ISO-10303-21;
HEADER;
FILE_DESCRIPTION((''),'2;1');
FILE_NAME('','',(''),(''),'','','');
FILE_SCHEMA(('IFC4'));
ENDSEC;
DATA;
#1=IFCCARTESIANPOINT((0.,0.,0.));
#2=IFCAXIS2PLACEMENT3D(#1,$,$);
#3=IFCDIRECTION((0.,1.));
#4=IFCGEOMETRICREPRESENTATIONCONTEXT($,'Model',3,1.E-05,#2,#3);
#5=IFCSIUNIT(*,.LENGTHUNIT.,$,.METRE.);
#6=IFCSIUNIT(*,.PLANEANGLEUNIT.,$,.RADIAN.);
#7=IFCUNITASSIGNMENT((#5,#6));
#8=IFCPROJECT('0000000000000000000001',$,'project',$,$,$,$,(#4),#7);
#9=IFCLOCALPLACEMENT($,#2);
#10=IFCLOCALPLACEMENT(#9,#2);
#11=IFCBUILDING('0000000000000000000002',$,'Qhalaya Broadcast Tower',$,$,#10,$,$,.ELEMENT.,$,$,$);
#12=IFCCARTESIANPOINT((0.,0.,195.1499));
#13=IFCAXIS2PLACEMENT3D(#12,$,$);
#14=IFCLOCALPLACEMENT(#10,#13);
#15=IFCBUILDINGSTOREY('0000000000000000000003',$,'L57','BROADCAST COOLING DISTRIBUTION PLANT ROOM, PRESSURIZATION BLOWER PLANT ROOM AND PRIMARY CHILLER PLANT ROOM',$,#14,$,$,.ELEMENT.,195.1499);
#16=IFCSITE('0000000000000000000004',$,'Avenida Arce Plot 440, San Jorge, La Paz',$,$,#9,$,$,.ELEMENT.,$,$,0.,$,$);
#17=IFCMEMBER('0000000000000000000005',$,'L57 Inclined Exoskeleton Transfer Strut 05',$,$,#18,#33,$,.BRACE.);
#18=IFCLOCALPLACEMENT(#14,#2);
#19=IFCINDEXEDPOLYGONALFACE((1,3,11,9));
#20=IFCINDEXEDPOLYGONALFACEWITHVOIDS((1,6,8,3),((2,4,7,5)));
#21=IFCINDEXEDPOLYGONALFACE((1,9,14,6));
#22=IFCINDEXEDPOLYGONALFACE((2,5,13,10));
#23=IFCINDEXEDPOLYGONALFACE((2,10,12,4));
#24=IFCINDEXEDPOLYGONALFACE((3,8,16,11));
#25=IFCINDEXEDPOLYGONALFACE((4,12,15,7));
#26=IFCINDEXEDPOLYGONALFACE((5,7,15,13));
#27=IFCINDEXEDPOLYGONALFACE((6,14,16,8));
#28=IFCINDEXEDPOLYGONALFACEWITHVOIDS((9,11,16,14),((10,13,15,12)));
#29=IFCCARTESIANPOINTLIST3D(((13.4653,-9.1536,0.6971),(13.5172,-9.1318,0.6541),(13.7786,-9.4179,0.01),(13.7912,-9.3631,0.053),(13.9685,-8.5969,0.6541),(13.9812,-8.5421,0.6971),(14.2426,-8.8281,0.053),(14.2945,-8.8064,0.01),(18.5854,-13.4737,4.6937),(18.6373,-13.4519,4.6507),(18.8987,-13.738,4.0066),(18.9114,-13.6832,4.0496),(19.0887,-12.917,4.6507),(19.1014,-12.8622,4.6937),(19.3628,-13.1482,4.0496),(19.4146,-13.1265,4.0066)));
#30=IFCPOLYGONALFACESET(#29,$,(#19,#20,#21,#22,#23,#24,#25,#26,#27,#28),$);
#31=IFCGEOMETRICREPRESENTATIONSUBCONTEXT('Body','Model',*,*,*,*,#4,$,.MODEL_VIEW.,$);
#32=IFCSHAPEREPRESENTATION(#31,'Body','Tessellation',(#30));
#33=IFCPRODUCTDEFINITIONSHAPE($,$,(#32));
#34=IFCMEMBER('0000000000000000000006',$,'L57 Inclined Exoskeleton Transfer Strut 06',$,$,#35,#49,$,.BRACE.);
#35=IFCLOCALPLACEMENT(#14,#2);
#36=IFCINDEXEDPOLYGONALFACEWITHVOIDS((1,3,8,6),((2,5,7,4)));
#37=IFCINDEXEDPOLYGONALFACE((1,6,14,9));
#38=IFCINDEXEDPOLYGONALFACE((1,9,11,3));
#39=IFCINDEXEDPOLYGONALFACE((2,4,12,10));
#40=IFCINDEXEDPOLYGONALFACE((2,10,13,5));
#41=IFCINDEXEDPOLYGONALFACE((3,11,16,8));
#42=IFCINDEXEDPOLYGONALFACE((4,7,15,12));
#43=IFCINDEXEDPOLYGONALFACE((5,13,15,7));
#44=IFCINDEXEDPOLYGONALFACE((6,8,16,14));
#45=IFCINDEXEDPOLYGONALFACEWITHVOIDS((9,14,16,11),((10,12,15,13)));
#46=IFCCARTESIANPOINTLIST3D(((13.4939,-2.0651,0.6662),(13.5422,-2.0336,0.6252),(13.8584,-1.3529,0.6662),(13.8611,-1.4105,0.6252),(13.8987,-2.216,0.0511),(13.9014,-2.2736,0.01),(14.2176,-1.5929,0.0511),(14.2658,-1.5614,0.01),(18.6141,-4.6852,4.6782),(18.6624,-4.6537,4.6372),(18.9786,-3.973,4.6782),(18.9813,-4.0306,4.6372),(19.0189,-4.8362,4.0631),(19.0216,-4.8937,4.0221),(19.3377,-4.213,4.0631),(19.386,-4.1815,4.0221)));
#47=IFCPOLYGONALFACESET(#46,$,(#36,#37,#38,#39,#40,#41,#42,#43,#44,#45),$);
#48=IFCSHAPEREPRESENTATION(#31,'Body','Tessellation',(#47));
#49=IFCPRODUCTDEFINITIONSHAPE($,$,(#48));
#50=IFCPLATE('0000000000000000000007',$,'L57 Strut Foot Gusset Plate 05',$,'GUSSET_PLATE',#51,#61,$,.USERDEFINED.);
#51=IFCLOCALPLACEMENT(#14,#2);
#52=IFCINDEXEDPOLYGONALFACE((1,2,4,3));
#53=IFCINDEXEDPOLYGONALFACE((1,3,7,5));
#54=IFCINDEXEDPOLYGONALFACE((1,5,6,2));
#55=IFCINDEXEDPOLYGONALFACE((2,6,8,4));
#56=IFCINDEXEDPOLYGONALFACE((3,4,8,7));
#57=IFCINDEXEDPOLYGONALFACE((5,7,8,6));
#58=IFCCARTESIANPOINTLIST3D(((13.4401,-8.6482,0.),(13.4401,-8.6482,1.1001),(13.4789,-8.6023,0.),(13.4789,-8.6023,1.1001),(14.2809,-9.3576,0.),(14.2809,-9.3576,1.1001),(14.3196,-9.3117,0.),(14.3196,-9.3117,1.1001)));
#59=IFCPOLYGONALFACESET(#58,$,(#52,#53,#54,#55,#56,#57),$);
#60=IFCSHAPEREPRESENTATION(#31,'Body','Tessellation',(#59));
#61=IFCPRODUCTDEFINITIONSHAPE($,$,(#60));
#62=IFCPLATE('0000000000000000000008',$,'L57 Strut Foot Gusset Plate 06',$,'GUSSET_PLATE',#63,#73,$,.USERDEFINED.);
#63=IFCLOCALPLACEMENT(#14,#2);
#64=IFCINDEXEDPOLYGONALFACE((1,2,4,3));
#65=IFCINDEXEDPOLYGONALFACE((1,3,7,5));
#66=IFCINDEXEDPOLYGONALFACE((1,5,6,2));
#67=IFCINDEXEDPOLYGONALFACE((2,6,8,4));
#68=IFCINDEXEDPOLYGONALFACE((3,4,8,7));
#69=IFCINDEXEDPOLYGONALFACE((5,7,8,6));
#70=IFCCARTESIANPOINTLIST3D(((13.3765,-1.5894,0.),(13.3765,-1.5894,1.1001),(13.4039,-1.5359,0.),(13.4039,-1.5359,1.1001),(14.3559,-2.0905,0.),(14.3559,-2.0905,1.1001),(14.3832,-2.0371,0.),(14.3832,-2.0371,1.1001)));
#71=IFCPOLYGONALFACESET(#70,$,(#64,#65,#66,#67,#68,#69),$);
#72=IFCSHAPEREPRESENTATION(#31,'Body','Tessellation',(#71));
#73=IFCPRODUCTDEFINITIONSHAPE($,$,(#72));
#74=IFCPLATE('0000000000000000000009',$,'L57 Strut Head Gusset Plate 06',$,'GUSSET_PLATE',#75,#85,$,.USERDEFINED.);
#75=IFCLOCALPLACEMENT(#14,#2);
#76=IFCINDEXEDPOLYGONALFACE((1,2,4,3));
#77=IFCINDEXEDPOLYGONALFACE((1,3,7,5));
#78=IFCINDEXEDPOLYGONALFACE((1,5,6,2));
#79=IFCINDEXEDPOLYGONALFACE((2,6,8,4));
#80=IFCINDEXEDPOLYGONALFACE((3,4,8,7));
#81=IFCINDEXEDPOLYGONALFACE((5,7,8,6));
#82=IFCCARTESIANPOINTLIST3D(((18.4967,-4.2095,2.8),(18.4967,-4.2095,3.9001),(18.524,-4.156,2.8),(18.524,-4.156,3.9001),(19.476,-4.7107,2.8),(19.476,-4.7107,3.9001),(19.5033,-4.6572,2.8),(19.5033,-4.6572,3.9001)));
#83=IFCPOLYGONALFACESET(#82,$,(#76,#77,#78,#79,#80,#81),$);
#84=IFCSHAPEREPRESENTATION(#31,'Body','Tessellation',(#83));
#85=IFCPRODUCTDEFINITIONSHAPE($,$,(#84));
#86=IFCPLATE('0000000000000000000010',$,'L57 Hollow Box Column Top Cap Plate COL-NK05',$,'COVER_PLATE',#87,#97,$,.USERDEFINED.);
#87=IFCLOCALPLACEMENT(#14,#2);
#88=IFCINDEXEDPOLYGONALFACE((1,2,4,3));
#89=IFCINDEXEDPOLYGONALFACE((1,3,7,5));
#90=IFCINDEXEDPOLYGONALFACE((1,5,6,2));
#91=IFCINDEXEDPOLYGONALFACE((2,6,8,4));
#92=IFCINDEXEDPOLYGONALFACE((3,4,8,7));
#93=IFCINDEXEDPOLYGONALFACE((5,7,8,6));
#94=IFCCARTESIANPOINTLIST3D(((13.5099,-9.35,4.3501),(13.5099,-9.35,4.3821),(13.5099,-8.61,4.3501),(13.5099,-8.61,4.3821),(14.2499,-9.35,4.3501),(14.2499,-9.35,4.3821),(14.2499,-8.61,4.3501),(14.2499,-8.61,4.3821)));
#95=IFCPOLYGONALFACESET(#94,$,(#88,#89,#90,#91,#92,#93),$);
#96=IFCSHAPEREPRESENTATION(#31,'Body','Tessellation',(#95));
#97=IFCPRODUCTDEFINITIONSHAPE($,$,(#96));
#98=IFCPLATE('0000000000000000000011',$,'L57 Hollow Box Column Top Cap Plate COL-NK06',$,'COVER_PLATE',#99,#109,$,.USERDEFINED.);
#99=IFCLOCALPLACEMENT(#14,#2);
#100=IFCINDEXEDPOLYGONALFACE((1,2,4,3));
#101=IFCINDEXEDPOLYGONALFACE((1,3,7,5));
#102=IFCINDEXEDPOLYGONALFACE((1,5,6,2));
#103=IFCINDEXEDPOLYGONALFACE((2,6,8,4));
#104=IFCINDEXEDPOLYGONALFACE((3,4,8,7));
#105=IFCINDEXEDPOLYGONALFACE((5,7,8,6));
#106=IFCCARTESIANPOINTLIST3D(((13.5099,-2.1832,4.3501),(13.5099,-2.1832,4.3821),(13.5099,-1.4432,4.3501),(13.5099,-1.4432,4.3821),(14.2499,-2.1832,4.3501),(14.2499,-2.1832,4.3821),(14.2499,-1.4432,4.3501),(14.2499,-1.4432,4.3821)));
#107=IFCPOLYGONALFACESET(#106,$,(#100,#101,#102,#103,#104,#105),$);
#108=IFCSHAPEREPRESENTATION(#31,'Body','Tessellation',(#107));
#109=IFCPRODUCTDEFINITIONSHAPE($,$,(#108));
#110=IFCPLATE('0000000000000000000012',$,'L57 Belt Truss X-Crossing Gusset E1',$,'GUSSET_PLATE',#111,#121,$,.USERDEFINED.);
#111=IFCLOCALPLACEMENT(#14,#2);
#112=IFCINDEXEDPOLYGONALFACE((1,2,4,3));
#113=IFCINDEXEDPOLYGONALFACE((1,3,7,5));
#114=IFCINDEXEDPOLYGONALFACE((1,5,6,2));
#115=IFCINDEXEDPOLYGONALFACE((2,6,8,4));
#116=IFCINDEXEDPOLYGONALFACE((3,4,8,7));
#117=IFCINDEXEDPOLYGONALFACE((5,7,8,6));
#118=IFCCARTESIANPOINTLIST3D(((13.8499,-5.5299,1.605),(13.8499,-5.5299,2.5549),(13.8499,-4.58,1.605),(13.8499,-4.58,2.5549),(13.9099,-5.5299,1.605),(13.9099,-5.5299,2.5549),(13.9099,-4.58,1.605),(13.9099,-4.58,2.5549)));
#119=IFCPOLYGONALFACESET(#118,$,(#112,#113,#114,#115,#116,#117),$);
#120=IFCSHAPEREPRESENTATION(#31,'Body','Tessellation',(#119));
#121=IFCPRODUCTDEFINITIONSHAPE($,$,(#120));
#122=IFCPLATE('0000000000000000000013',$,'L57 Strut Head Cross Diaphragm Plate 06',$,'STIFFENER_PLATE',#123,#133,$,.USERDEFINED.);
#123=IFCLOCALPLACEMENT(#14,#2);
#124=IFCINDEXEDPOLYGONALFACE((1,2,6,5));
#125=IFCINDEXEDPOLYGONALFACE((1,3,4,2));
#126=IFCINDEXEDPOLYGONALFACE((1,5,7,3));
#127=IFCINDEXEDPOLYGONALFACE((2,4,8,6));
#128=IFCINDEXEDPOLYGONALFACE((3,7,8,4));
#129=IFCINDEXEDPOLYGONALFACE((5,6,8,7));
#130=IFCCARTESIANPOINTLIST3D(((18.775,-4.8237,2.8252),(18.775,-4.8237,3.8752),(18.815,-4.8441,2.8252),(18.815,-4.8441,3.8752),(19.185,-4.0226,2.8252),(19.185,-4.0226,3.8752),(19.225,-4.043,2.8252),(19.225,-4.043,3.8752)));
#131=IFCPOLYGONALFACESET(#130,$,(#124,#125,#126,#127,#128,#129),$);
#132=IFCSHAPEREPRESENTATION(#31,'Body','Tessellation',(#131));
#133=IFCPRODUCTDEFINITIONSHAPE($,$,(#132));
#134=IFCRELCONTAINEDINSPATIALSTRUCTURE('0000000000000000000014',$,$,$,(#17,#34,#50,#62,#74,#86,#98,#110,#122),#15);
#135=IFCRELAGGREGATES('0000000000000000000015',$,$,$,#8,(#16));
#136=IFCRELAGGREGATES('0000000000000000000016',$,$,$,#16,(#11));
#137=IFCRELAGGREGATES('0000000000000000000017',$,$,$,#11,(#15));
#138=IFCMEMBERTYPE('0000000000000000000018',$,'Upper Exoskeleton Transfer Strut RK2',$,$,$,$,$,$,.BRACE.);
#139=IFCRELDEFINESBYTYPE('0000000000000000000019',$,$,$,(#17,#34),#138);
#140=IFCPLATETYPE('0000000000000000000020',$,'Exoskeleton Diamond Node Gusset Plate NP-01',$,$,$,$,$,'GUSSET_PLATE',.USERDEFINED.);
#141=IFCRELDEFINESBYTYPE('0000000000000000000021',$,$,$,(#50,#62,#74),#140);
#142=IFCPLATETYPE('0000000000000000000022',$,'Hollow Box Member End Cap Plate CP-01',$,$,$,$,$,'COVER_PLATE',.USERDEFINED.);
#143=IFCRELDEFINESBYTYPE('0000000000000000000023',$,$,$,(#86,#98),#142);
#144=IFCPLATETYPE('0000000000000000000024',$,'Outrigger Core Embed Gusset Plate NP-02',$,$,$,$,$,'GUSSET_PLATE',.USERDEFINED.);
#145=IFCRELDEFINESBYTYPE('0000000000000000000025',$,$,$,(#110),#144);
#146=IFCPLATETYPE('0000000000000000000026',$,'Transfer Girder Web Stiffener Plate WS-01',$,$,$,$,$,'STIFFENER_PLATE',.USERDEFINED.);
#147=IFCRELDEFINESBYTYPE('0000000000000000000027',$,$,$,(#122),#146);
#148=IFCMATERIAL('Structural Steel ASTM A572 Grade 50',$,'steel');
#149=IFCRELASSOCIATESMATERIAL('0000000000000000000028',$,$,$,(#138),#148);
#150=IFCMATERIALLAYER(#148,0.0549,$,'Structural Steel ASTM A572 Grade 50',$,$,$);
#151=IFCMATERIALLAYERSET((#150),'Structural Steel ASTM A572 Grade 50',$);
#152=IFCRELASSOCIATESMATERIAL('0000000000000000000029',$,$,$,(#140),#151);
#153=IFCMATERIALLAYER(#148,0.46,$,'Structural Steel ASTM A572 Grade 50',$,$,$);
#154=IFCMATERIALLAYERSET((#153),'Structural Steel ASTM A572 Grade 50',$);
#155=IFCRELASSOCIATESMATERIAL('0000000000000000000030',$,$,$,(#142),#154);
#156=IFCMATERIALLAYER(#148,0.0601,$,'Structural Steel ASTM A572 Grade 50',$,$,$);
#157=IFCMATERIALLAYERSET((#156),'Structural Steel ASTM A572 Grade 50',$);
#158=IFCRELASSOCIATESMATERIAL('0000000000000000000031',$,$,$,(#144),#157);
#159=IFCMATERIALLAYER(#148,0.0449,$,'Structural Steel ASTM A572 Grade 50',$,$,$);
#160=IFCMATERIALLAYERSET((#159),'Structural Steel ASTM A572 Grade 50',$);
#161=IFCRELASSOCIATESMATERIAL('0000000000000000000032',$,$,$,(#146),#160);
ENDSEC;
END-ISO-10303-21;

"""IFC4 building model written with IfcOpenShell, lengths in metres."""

from ifc_helpers import new_model, si_unit, direction, frame, origin, origin_2d, place, context, subcontext, project, spatial, rectangle, hollow_rectangle, extrude, material, layer, layer_set, material_profile, profile_set, type_object, element, save


model = new_model("IFC4")

# Units and contexts
model_context = context("Model", 3, precision=1e-05, world=origin(), true_north=direction((0.0, 1.0)))
body_context = subcontext(model_context, "Body", "Model", "MODEL_VIEW")
ifc_project = project(units=[si_unit("LENGTHUNIT", "METRE"), si_unit("PLANEANGLEUNIT", "RADIAN")], contexts=[model_context])

# Site, building, storey
site_placement = place(None, origin())
site = spatial("IfcSite", under=ifc_project, at=site_placement, Name="Avenida Arce Plot 440, San Jorge, La Paz", CompositionType="ELEMENT", RefElevation=0.0)
building_placement = place(site_placement, origin())
building = spatial("IfcBuilding", under=site, at=building_placement, Name="Qhalaya Broadcast Tower", CompositionType="ELEMENT")
storey_placement = place(building_placement, frame((0.0, 0.0, 195.1499)))
storey = spatial("IfcBuildingStorey", under=building, at=storey_placement, Name="L57", Description="BROADCAST COOLING DISTRIBUTION PLANT ROOM, PRESSURIZATION BLOWER PLANT ROOM AND PRIMARY CHILLER PLANT ROOM", CompositionType="ELEMENT", Elevation=195.1499)

# Shared definitions
ifc_material_1 = material(Name="Structural Steel ASTM A572 Grade 50", Category="steel")

# Members
ifc_material_profile_1 = material_profile(ifc_material_1, hollow_rectangle(XDim=0.8, YDim=0.8, WallThickness=0.05, at=origin_2d()), Name="BOX 800x800x50")
ifc_profile_set_1 = profile_set([ifc_material_profile_1], Name="Structural Steel ASTM A572 Grade 50")
member_type_1 = type_object("IfcMemberType", Name="Upper Exoskeleton Transfer Strut RK2", PredefinedType="BRACE", material=ifc_profile_set_1)
member_1_placement = place(storey_placement, frame((13.8799, -8.98, 0.3535), z_axis=(0.656365, -0.553804, 0.512335), x_axis=(0.644868, 0.764294, 0.0)))
element("IfcMember", 1, at=member_1_placement, inside=storey, type_object=member_type_1, Name="L57 Inclined Exoskeleton Transfer Strut 05", PredefinedType="BRACE", context=body_context, shape_type="SweptSolid", body=[
    extrude(hollow_rectangle(XDim=0.8, YDim=0.8, WallThickness=0.05, at=origin_2d()), origin(), (0.0, 0.0, 1.0), 7.8008),
])
member_2_placement = place(storey_placement, frame((13.8799, -1.8132, 0.3381), z_axis=(0.730132, -0.37363, 0.572108), x_axis=(0.455548, 0.890211, 0.0)))
element("IfcMember", 2, at=member_2_placement, inside=storey, type_object=member_type_1, Name="L57 Inclined Exoskeleton Transfer Strut 06", PredefinedType="BRACE", context=body_context, shape_type="SweptSolid", body=[
    extrude(hollow_rectangle(XDim=0.8, YDim=0.8, WallThickness=0.05, at=origin_2d()), origin(), (0.0, 0.0, 1.0), 7.0127),
])

# Plates
ifc_layer_1 = layer(ifc_material_1, 0.0549, Name="Structural Steel ASTM A572 Grade 50")
ifc_layer_set_1 = layer_set([ifc_layer_1], Name="Structural Steel ASTM A572 Grade 50")
plate_type_1 = type_object("IfcPlateType", Name="Exoskeleton Diamond Node Gusset Plate NP-01", ElementType="GUSSET_PLATE", PredefinedType="USERDEFINED", material=ifc_layer_set_1)
for number, where, z_axis, x_axis, name in (
    (3, (13.8799, -8.98, 0.0), (0.0, 0.0, 1.0), (0.764291, -0.644871, 0.0), "L57 Strut Foot Gusset Plate 05"),
    (4, (13.8799, -1.8132, 0.0), (0.0, 0.0, 1.0), (0.890213, -0.455545, 0.0), "L57 Strut Foot Gusset Plate 06"),
    (5, (19.0, -4.4333, 2.8), (0.0, 0.0, 1.0), (0.890213, -0.455545, 0.0), "L57 Strut Head Gusset Plate 06"),
):
    element("IfcPlate", number, at=place(storey_placement, frame(where, z_axis=z_axis, x_axis=x_axis)), inside=storey, type_object=plate_type_1, Name=name, ObjectType="GUSSET_PLATE", PredefinedType="USERDEFINED", context=body_context, shape_type="SweptSolid", body=[
        extrude(rectangle(XDim=1.1001, YDim=0.0601, at=origin_2d()), origin(), (0.0, 0.0, 1.0), 1.1001),
    ])
ifc_layer_2 = layer(ifc_material_1, 0.46, Name="Structural Steel ASTM A572 Grade 50")
ifc_layer_set_2 = layer_set([ifc_layer_2], Name="Structural Steel ASTM A572 Grade 50")
plate_type_2 = type_object("IfcPlateType", Name="Hollow Box Member End Cap Plate CP-01", ElementType="COVER_PLATE", PredefinedType="USERDEFINED", material=ifc_layer_set_2)
for number, where, z_axis, x_axis, name in (
    (6, (13.8799, -8.98, 4.3501), (0.0, 0.0, 1.0), (0.0, 1.0, 0.0), "L57 Hollow Box Column Top Cap Plate COL-NK05"),
    (7, (13.8799, -1.8132, 4.3501), (0.0, 0.0, 1.0), (0.0, 1.0, 0.0), "L57 Hollow Box Column Top Cap Plate COL-NK06"),
):
    element("IfcPlate", number, at=place(storey_placement, frame(where, z_axis=z_axis, x_axis=x_axis)), inside=storey, type_object=plate_type_2, Name=name, ObjectType="COVER_PLATE", PredefinedType="USERDEFINED", context=body_context, shape_type="SweptSolid", body=[
        extrude(rectangle(XDim=0.74, YDim=0.74, at=origin_2d()), origin(), (0.0, 0.0, 1.0), 0.032),
    ])
ifc_layer_3 = layer(ifc_material_1, 0.0601, Name="Structural Steel ASTM A572 Grade 50")
ifc_layer_set_3 = layer_set([ifc_layer_3], Name="Structural Steel ASTM A572 Grade 50")
plate_type_3 = type_object("IfcPlateType", Name="Outrigger Core Embed Gusset Plate NP-02", ElementType="GUSSET_PLATE", PredefinedType="USERDEFINED", material=ifc_layer_set_3)
plate_1_placement = place(storey_placement, frame((13.8799, -5.0549, 1.605), z_axis=(0.0, 0.0, 1.0), x_axis=(0.0, 1.0, 0.0)))
element("IfcPlate", 8, at=plate_1_placement, inside=storey, type_object=plate_type_3, Name="L57 Belt Truss X-Crossing Gusset E1", ObjectType="GUSSET_PLATE", PredefinedType="USERDEFINED", context=body_context, shape_type="SweptSolid", body=[
    extrude(rectangle(XDim=0.95, YDim=0.0601, at=origin_2d()), origin(), (0.0, 0.0, 1.0), 0.95),
])
ifc_layer_4 = layer(ifc_material_1, 0.0449, Name="Structural Steel ASTM A572 Grade 50")
ifc_layer_set_4 = layer_set([ifc_layer_4], Name="Structural Steel ASTM A572 Grade 50")
plate_type_4 = type_object("IfcPlateType", Name="Transfer Girder Web Stiffener Plate WS-01", ElementType="STIFFENER_PLATE", PredefinedType="USERDEFINED", material=ifc_layer_set_4)
plate_2_placement = place(storey_placement, frame((19.0, -4.4333, 2.8252), z_axis=(0.0, 0.0, 1.0), x_axis=(0.455545, 0.890213, 0.0)))
element("IfcPlate", 9, at=plate_2_placement, inside=storey, type_object=plate_type_4, Name="L57 Strut Head Cross Diaphragm Plate 06", ObjectType="STIFFENER_PLATE", PredefinedType="USERDEFINED", context=body_context, shape_type="SweptSolid", body=[
    extrude(rectangle(XDim=0.8999, YDim=0.0449, at=origin_2d()), origin(), (0.0, 0.0, 1.0), 1.05),
])

save(model, "model.ifc")
